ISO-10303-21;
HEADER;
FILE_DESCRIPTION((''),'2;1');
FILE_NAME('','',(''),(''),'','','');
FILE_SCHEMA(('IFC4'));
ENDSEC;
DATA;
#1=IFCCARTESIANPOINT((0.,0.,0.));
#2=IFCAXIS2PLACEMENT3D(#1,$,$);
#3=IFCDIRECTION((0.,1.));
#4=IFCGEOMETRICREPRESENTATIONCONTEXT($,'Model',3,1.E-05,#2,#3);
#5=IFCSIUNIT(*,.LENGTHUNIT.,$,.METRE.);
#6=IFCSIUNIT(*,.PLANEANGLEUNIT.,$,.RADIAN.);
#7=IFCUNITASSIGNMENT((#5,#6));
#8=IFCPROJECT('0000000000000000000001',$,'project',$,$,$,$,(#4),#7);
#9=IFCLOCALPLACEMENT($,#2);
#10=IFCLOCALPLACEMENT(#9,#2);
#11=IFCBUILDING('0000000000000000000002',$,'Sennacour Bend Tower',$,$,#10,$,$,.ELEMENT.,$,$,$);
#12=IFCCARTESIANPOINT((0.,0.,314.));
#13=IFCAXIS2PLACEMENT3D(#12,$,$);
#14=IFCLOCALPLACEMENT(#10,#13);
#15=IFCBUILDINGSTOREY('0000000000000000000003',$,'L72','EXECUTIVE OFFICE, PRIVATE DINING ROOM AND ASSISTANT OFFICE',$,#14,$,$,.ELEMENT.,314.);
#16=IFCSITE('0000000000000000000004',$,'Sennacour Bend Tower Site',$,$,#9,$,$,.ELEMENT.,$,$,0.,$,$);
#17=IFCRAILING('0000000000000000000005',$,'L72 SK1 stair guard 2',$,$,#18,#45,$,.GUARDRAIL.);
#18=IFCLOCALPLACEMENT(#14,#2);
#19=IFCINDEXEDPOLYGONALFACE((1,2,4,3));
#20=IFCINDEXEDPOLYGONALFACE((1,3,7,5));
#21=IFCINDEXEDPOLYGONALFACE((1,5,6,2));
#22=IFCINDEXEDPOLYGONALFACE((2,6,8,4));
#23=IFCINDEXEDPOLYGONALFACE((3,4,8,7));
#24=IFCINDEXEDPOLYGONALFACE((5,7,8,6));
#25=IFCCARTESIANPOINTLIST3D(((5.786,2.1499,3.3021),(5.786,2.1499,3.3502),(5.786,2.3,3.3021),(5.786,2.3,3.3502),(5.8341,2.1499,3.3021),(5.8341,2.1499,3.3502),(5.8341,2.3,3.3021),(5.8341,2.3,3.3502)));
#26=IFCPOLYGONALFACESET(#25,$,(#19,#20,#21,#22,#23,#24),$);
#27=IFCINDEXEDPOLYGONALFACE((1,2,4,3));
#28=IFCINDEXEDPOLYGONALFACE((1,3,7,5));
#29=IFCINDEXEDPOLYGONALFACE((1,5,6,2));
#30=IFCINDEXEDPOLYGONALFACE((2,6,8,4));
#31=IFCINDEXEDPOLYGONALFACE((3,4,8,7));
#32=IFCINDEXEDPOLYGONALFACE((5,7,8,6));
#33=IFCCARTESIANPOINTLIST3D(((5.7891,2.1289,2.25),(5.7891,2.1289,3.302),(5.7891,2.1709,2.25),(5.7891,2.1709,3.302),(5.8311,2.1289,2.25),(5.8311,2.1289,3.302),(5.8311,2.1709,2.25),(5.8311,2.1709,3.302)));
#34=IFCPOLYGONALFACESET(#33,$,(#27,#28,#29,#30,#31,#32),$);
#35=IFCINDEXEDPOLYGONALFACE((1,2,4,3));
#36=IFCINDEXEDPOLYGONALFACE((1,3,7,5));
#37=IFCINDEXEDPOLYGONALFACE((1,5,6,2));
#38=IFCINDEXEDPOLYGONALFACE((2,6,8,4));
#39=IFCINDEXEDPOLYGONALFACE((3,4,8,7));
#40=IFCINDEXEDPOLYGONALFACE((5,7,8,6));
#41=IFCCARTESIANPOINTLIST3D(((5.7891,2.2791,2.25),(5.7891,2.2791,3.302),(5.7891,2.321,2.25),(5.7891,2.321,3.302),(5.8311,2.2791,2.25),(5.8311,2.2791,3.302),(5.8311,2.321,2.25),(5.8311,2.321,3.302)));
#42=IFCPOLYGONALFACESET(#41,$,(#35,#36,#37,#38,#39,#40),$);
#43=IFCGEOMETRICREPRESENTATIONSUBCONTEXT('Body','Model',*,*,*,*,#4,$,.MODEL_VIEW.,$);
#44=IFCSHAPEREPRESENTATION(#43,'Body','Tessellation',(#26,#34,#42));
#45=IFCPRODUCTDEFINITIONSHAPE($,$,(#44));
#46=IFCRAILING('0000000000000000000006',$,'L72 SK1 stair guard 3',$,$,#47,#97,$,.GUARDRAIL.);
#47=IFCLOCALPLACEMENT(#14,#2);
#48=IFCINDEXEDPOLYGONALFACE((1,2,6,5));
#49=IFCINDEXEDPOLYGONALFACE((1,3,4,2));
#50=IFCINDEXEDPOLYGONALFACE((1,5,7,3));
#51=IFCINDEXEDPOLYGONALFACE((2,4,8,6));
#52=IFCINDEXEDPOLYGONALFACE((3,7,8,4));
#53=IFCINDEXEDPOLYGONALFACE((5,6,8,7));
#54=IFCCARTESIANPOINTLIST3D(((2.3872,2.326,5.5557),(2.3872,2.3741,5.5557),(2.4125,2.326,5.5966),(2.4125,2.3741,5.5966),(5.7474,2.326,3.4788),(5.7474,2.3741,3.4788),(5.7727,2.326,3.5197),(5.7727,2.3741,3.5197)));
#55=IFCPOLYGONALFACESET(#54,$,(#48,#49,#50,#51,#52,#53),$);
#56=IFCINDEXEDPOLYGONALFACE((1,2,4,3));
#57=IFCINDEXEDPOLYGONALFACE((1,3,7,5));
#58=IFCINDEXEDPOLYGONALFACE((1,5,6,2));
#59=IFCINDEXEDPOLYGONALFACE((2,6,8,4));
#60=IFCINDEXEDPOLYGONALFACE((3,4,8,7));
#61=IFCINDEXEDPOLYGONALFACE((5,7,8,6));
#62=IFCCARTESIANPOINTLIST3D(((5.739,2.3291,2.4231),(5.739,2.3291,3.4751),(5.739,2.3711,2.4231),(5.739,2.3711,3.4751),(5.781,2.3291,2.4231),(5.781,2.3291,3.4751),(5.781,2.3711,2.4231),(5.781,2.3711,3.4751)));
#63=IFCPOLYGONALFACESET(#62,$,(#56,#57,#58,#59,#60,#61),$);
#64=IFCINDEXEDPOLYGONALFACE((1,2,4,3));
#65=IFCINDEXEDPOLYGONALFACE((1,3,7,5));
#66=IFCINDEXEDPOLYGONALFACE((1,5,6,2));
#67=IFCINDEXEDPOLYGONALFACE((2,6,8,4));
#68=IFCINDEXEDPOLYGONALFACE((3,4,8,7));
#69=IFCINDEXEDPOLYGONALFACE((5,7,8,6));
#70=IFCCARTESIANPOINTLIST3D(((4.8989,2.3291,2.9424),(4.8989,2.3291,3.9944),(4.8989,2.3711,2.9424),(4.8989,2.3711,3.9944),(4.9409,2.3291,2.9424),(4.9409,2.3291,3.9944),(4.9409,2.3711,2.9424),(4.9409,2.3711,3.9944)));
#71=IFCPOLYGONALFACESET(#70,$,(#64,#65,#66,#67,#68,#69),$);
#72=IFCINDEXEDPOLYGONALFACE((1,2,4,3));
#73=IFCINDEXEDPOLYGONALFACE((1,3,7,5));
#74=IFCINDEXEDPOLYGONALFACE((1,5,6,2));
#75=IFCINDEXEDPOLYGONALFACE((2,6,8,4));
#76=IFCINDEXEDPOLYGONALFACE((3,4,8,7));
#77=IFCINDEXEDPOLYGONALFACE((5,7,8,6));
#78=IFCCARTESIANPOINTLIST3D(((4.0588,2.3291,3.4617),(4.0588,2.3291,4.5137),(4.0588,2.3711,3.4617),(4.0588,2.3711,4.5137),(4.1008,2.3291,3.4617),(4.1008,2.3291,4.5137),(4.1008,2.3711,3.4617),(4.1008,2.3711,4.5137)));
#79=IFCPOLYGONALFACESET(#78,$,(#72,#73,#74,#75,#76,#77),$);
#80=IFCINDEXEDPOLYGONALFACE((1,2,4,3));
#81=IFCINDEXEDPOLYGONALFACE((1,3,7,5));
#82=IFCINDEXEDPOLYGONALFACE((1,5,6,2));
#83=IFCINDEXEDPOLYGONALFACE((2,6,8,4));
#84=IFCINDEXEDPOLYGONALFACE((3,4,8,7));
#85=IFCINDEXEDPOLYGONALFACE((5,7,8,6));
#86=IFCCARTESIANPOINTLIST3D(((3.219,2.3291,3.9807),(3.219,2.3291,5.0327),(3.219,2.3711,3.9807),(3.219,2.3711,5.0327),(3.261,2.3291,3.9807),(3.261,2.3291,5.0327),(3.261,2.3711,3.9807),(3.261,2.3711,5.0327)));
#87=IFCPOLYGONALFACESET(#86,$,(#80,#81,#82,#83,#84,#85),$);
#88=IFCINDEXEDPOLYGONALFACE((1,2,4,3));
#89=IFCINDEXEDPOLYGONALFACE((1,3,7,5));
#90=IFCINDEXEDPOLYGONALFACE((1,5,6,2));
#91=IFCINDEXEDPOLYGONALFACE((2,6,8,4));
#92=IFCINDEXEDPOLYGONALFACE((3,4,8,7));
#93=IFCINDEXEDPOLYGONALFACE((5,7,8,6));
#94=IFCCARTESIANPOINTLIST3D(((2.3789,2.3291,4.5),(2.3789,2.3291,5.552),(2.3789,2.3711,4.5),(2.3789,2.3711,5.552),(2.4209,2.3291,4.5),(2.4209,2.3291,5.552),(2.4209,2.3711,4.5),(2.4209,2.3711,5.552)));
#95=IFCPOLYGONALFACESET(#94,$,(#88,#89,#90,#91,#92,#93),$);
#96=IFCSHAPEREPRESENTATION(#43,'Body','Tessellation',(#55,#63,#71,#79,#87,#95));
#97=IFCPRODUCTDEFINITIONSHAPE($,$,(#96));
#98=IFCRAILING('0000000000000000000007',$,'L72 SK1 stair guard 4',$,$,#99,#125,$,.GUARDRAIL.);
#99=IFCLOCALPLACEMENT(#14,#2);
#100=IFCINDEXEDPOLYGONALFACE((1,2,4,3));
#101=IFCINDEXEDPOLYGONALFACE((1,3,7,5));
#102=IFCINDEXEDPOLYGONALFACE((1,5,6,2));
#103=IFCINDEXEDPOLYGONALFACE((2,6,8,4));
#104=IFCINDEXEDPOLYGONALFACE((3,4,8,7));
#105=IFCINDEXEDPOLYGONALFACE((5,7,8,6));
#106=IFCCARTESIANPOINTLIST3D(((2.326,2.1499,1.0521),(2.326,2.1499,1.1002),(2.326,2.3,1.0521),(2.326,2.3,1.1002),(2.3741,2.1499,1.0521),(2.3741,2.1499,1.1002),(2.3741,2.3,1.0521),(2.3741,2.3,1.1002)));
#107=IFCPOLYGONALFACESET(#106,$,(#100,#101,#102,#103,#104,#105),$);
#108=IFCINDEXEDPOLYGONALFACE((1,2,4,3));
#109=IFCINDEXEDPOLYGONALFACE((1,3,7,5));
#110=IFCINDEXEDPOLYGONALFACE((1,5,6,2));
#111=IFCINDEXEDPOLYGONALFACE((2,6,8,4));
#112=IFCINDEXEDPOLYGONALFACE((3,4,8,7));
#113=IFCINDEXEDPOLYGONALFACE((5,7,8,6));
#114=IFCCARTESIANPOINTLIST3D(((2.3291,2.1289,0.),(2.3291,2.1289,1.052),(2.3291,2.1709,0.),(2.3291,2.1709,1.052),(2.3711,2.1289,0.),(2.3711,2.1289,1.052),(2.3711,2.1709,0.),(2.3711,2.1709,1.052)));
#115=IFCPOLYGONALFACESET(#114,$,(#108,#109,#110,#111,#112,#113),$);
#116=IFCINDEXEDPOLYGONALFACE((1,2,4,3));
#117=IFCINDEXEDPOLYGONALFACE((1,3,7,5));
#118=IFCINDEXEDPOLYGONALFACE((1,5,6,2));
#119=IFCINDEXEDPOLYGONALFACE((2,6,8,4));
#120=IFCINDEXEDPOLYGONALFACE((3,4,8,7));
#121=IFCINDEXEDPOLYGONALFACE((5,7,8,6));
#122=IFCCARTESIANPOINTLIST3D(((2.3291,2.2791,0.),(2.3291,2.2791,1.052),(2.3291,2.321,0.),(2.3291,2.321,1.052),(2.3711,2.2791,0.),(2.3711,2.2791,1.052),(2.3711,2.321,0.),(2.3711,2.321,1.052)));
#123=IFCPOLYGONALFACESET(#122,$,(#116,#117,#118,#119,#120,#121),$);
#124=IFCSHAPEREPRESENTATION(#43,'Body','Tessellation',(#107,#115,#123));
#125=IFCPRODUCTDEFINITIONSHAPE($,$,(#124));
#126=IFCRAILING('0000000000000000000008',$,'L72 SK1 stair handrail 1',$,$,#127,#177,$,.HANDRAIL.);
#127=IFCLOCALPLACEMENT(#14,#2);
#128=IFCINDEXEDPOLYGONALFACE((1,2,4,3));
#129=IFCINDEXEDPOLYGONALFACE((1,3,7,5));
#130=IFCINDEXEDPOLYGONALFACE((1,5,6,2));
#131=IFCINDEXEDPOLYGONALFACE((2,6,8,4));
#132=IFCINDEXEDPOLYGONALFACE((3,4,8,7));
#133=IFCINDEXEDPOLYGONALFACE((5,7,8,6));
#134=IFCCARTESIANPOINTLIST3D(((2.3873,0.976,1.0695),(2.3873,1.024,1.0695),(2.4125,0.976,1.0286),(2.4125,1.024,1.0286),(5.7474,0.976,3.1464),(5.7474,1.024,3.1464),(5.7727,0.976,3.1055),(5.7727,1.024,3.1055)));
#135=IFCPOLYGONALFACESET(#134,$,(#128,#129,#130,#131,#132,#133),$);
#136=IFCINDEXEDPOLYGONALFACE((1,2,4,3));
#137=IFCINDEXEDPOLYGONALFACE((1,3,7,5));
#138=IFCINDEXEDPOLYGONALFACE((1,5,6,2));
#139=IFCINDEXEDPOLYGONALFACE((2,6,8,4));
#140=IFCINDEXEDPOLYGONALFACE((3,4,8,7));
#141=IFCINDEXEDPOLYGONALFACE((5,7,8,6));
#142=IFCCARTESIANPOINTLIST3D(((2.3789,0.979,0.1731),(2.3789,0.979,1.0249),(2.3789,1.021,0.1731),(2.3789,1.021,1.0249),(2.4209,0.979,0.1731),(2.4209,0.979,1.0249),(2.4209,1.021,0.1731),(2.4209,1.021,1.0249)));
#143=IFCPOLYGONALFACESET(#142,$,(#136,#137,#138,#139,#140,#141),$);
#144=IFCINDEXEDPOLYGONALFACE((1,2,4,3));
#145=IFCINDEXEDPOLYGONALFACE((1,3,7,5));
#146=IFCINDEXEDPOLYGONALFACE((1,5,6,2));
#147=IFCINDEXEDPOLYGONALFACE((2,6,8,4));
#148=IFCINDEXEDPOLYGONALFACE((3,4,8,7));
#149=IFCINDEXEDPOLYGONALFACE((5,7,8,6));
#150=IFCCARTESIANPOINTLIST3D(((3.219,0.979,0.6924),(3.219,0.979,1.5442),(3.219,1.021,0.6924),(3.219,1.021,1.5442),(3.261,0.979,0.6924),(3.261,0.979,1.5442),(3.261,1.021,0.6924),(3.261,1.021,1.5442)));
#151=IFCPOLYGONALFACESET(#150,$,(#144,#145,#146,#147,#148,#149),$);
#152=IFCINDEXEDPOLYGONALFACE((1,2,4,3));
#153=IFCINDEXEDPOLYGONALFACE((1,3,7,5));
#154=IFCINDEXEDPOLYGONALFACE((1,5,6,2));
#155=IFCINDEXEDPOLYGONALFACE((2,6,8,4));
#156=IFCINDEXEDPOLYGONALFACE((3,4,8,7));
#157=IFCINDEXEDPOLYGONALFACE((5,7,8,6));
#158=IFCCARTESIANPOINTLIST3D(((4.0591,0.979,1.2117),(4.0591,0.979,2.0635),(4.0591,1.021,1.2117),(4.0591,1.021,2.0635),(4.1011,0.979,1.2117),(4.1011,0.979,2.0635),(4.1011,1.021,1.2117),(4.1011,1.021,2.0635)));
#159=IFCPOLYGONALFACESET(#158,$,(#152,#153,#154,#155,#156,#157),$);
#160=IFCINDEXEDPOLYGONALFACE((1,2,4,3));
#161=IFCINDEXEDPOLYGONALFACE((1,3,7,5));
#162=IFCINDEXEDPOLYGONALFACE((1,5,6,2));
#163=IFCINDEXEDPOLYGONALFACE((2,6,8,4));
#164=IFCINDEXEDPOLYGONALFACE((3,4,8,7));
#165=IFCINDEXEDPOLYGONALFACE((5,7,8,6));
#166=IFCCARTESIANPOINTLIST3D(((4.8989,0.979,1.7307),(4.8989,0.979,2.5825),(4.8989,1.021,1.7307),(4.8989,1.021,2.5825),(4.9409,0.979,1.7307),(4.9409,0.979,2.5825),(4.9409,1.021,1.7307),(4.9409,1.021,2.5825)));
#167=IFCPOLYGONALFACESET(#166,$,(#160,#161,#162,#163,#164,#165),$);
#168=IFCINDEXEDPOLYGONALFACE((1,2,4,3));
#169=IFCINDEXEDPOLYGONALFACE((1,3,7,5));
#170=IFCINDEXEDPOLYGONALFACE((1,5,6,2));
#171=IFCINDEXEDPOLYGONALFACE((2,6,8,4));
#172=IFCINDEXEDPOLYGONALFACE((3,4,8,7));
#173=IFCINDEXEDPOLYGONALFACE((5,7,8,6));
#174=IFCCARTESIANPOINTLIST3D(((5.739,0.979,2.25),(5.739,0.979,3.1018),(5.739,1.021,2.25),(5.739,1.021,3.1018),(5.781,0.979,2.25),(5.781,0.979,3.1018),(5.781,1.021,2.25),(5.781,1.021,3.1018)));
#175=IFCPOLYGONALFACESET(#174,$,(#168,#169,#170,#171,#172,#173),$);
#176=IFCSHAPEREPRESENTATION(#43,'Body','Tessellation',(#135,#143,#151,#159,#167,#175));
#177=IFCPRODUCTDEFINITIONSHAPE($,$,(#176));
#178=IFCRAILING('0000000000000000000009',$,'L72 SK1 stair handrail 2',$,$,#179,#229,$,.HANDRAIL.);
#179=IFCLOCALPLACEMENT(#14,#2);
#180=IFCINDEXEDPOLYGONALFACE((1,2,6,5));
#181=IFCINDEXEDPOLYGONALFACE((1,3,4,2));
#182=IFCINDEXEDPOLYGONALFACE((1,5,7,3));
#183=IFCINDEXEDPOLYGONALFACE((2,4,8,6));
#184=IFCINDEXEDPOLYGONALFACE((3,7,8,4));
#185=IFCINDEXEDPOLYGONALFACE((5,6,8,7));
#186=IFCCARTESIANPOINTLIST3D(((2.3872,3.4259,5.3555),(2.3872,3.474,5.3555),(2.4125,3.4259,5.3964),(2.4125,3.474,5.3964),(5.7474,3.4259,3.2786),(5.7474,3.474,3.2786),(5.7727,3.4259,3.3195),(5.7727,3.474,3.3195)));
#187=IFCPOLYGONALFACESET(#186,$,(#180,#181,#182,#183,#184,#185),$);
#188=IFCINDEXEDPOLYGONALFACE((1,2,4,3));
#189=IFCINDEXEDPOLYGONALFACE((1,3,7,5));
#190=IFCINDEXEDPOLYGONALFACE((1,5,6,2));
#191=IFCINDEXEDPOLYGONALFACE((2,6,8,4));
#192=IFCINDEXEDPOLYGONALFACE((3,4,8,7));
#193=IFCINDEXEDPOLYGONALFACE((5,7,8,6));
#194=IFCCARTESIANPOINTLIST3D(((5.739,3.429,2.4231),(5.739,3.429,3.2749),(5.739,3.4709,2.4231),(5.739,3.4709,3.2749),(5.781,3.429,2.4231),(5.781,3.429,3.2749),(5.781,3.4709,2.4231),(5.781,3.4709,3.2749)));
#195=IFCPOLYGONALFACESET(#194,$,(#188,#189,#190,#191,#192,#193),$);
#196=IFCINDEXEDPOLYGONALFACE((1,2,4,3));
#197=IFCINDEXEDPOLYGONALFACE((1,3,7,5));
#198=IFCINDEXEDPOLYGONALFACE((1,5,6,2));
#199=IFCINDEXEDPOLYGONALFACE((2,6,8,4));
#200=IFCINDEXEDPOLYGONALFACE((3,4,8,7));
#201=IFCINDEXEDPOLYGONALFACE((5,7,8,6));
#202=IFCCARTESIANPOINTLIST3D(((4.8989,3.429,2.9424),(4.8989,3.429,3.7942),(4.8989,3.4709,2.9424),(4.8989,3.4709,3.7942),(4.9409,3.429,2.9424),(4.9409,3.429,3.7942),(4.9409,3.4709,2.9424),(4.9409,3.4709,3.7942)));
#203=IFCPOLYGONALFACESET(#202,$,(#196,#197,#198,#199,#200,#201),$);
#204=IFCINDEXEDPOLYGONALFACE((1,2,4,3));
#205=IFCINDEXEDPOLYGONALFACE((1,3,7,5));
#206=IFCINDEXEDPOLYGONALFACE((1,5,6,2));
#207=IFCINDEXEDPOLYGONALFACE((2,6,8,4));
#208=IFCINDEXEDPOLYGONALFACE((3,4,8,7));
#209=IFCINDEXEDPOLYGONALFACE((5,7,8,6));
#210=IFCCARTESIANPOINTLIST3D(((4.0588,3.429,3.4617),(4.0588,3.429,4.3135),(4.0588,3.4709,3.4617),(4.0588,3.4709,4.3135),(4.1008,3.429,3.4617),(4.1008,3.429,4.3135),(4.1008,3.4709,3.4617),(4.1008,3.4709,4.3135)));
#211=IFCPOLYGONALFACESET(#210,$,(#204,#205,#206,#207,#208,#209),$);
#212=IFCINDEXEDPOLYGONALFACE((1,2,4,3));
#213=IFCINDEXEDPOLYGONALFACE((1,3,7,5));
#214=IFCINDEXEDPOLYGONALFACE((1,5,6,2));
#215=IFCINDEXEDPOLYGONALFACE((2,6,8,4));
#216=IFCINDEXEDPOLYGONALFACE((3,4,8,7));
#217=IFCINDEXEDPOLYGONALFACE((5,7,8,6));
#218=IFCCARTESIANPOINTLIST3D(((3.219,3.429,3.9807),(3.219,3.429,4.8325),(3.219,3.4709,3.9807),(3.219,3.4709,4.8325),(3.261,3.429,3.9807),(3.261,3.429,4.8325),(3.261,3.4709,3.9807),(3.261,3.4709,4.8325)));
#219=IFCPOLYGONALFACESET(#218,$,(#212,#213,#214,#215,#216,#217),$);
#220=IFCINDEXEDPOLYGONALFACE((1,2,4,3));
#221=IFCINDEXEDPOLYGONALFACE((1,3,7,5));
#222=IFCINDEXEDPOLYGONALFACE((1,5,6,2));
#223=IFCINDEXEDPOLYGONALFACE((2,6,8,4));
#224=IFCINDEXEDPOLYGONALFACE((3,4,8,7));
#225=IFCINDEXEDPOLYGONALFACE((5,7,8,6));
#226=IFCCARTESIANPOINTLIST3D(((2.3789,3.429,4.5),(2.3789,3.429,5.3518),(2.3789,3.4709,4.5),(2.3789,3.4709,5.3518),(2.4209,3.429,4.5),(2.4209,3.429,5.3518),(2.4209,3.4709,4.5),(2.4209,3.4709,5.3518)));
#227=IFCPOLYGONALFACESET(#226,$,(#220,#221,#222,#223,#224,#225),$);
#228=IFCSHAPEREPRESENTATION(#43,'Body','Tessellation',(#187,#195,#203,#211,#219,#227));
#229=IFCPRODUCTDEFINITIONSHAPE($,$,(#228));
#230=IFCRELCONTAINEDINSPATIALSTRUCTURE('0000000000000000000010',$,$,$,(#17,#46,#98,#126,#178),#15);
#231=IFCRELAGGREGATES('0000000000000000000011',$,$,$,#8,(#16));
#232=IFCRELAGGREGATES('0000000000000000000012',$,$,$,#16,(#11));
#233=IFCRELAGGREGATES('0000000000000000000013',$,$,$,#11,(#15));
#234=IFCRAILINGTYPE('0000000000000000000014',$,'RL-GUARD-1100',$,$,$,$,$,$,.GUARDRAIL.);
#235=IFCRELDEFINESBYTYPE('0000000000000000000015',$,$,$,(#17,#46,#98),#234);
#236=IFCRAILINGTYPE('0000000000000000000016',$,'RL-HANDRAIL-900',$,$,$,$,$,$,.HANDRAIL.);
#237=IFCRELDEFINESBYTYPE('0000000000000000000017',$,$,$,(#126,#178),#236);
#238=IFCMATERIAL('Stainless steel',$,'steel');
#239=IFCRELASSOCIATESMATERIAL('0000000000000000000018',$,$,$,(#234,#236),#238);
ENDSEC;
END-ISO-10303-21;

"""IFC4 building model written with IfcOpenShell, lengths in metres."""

from ifc_helpers import new_model, si_unit, direction, frame, origin, origin_2d, place, context, subcontext, project, spatial, rectangle, extrude, material, type_object, element, save


model = new_model("IFC4")

# Units and contexts
model_context = context("Model", 3, precision=1e-05, world=origin(), true_north=direction((0.0, 1.0)))
body_context = subcontext(model_context, "Body", "Model", "MODEL_VIEW")
ifc_project = project(units=[si_unit("LENGTHUNIT", "METRE"), si_unit("PLANEANGLEUNIT", "RADIAN")], contexts=[model_context])

# Site, building, storey
site_placement = place(None, origin())
site = spatial("IfcSite", under=ifc_project, at=site_placement, Name="Sennacour Bend Tower Site", CompositionType="ELEMENT", RefElevation=0.0)
building_placement = place(site_placement, origin())
building = spatial("IfcBuilding", under=site, at=building_placement, Name="Sennacour Bend Tower", CompositionType="ELEMENT")
storey_placement = place(building_placement, frame((0.0, 0.0, 314.0)))
storey = spatial("IfcBuildingStorey", under=building, at=storey_placement, Name="L72", Description="EXECUTIVE OFFICE, PRIVATE DINING ROOM AND ASSISTANT OFFICE", CompositionType="ELEMENT", Elevation=314.0)

# Railings
ifc_material_1 = material(Name="Stainless steel", Category="steel")
railing_type_1 = type_object("IfcRailingType", Name="RL-GUARD-1100", PredefinedType="GUARDRAIL", material=ifc_material_1)
railing_1_placement = place(storey_placement, frame((5.8101, 2.1499, 2.25)))
element("IfcRailing", 1, at=railing_1_placement, inside=storey, type_object=railing_type_1, Name="L72 SK1 stair guard 2", PredefinedType="GUARDRAIL", context=body_context, shape_type="SweptSolid", body=[
    extrude(rectangle(XDim=0.0481, YDim=0.0481, at=origin_2d()), frame((0.0, 0.0, 1.0762), z_axis=(0.0, 1.0, 0.0), x_axis=(-1.0, 0.0, 0.0)), (0.0, 0.0, 1.0), 0.1501),
    extrude(rectangle(XDim=0.042, YDim=0.042, at=origin_2d()), origin(), (0.0, 0.0, 1.0), 1.052),
    extrude(rectangle(XDim=0.042, YDim=0.042, at=origin_2d()), frame((0.0, 0.1501, 0.0)), (0.0, 0.0, 1.0), 1.052),
])
railing_2_placement = place(storey_placement, frame((5.76, 2.3501, 2.4231)))
element("IfcRailing", 2, at=railing_2_placement, inside=storey, type_object=railing_type_1, Name="L72 SK1 stair guard 3", PredefinedType="GUARDRAIL", context=body_context, shape_type="SweptSolid", body=[
    extrude(rectangle(XDim=0.0481, YDim=0.0481, at=origin_2d()), frame((0.0, 0.0, 1.0762), z_axis=(-0.850623, 0.0, 0.525776), x_axis=(0.0, -1.0, 0.0)), (0.0, 0.0, 1.0), 3.9502),
    extrude(rectangle(XDim=0.042, YDim=0.042, at=origin_2d()), origin(), (0.0, 0.0, 1.0), 1.052),
    extrude(rectangle(XDim=0.042, YDim=0.042, at=origin_2d()), frame((-0.8401, 0.0, 0.5193)), (0.0, 0.0, 1.0), 1.052),
    extrude(rectangle(XDim=0.042, YDim=0.042, at=origin_2d()), frame((-1.6802, 0.0, 1.0386)), (0.0, 0.0, 1.0), 1.052),
    extrude(rectangle(XDim=0.042, YDim=0.042, at=origin_2d()), frame((-2.52, 0.0, 1.5576)), (0.0, 0.0, 1.0), 1.052),
    extrude(rectangle(XDim=0.042, YDim=0.042, at=origin_2d()), frame((-3.3601, 0.0, 2.0769)), (0.0, 0.0, 1.0), 1.052),
])
railing_3_placement = place(storey_placement, frame((2.3501, 2.1499, 0.0)))
element("IfcRailing", 3, at=railing_3_placement, inside=storey, type_object=railing_type_1, Name="L72 SK1 stair guard 4", PredefinedType="GUARDRAIL", context=body_context, shape_type="SweptSolid", body=[
    extrude(rectangle(XDim=0.0481, YDim=0.0481, at=origin_2d()), frame((0.0, 0.0, 1.0762), z_axis=(0.0, 1.0, 0.0), x_axis=(-1.0, 0.0, 0.0)), (0.0, 0.0, 1.0), 0.1501),
    extrude(rectangle(XDim=0.042, YDim=0.042, at=origin_2d()), origin(), (0.0, 0.0, 1.0), 1.052),
    extrude(rectangle(XDim=0.042, YDim=0.042, at=origin_2d()), frame((0.0, 0.1501, 0.0)), (0.0, 0.0, 1.0), 1.052),
])
railing_type_2 = type_object("IfcRailingType", Name="RL-HANDRAIL-900", PredefinedType="HANDRAIL", material=ifc_material_1)
railing_4_placement = place(storey_placement, frame((2.3999, 1.0, 0.1731)))
element("IfcRailing", 4, at=railing_4_placement, inside=storey, type_object=railing_type_2, Name="L72 SK1 stair handrail 1", PredefinedType="HANDRAIL", context=body_context, shape_type="SweptSolid", body=[
    extrude(rectangle(XDim=0.0481, YDim=0.0481, at=origin_2d()), frame((0.0, 0.0, 0.876), z_axis=(0.850623, 0.0, 0.525776), x_axis=(0.0, 1.0, 0.0)), (0.0, 0.0, 1.0), 3.9502),
    extrude(rectangle(XDim=0.042, YDim=0.042, at=origin_2d()), origin(), (0.0, 0.0, 1.0), 0.8518),
    extrude(rectangle(XDim=0.042, YDim=0.042, at=origin_2d()), frame((0.8401, 0.0, 0.5193)), (0.0, 0.0, 1.0), 0.8518),
    extrude(rectangle(XDim=0.042, YDim=0.042, at=origin_2d()), frame((1.6802, 0.0, 1.0386)), (0.0, 0.0, 1.0), 0.8518),
    extrude(rectangle(XDim=0.042, YDim=0.042, at=origin_2d()), frame((2.52, 0.0, 1.5576)), (0.0, 0.0, 1.0), 0.8518),
    extrude(rectangle(XDim=0.042, YDim=0.042, at=origin_2d()), frame((3.3601, 0.0, 2.0769)), (0.0, 0.0, 1.0), 0.8518),
])
railing_5_placement = place(storey_placement, frame((5.76, 3.45, 2.4231)))
element("IfcRailing", 5, at=railing_5_placement, inside=storey, type_object=railing_type_2, Name="L72 SK1 stair handrail 2", PredefinedType="HANDRAIL", context=body_context, shape_type="SweptSolid", body=[
    extrude(rectangle(XDim=0.0481, YDim=0.0481, at=origin_2d()), frame((0.0, 0.0, 0.876), z_axis=(-0.850623, 0.0, 0.525776), x_axis=(0.0, -1.0, 0.0)), (0.0, 0.0, 1.0), 3.9502),
    extrude(rectangle(XDim=0.042, YDim=0.042, at=origin_2d()), origin(), (0.0, 0.0, 1.0), 0.8518),
    extrude(rectangle(XDim=0.042, YDim=0.042, at=origin_2d()), frame((-0.8401, 0.0, 0.5193)), (0.0, 0.0, 1.0), 0.8518),
    extrude(rectangle(XDim=0.042, YDim=0.042, at=origin_2d()), frame((-1.6802, 0.0, 1.0386)), (0.0, 0.0, 1.0), 0.8518),
    extrude(rectangle(XDim=0.042, YDim=0.042, at=origin_2d()), frame((-2.52, 0.0, 1.5576)), (0.0, 0.0, 1.0), 0.8518),
    extrude(rectangle(XDim=0.042, YDim=0.042, at=origin_2d()), frame((-3.3601, 0.0, 2.0769)), (0.0, 0.0, 1.0), 0.8518),
])

save(model, "model.ifc")
